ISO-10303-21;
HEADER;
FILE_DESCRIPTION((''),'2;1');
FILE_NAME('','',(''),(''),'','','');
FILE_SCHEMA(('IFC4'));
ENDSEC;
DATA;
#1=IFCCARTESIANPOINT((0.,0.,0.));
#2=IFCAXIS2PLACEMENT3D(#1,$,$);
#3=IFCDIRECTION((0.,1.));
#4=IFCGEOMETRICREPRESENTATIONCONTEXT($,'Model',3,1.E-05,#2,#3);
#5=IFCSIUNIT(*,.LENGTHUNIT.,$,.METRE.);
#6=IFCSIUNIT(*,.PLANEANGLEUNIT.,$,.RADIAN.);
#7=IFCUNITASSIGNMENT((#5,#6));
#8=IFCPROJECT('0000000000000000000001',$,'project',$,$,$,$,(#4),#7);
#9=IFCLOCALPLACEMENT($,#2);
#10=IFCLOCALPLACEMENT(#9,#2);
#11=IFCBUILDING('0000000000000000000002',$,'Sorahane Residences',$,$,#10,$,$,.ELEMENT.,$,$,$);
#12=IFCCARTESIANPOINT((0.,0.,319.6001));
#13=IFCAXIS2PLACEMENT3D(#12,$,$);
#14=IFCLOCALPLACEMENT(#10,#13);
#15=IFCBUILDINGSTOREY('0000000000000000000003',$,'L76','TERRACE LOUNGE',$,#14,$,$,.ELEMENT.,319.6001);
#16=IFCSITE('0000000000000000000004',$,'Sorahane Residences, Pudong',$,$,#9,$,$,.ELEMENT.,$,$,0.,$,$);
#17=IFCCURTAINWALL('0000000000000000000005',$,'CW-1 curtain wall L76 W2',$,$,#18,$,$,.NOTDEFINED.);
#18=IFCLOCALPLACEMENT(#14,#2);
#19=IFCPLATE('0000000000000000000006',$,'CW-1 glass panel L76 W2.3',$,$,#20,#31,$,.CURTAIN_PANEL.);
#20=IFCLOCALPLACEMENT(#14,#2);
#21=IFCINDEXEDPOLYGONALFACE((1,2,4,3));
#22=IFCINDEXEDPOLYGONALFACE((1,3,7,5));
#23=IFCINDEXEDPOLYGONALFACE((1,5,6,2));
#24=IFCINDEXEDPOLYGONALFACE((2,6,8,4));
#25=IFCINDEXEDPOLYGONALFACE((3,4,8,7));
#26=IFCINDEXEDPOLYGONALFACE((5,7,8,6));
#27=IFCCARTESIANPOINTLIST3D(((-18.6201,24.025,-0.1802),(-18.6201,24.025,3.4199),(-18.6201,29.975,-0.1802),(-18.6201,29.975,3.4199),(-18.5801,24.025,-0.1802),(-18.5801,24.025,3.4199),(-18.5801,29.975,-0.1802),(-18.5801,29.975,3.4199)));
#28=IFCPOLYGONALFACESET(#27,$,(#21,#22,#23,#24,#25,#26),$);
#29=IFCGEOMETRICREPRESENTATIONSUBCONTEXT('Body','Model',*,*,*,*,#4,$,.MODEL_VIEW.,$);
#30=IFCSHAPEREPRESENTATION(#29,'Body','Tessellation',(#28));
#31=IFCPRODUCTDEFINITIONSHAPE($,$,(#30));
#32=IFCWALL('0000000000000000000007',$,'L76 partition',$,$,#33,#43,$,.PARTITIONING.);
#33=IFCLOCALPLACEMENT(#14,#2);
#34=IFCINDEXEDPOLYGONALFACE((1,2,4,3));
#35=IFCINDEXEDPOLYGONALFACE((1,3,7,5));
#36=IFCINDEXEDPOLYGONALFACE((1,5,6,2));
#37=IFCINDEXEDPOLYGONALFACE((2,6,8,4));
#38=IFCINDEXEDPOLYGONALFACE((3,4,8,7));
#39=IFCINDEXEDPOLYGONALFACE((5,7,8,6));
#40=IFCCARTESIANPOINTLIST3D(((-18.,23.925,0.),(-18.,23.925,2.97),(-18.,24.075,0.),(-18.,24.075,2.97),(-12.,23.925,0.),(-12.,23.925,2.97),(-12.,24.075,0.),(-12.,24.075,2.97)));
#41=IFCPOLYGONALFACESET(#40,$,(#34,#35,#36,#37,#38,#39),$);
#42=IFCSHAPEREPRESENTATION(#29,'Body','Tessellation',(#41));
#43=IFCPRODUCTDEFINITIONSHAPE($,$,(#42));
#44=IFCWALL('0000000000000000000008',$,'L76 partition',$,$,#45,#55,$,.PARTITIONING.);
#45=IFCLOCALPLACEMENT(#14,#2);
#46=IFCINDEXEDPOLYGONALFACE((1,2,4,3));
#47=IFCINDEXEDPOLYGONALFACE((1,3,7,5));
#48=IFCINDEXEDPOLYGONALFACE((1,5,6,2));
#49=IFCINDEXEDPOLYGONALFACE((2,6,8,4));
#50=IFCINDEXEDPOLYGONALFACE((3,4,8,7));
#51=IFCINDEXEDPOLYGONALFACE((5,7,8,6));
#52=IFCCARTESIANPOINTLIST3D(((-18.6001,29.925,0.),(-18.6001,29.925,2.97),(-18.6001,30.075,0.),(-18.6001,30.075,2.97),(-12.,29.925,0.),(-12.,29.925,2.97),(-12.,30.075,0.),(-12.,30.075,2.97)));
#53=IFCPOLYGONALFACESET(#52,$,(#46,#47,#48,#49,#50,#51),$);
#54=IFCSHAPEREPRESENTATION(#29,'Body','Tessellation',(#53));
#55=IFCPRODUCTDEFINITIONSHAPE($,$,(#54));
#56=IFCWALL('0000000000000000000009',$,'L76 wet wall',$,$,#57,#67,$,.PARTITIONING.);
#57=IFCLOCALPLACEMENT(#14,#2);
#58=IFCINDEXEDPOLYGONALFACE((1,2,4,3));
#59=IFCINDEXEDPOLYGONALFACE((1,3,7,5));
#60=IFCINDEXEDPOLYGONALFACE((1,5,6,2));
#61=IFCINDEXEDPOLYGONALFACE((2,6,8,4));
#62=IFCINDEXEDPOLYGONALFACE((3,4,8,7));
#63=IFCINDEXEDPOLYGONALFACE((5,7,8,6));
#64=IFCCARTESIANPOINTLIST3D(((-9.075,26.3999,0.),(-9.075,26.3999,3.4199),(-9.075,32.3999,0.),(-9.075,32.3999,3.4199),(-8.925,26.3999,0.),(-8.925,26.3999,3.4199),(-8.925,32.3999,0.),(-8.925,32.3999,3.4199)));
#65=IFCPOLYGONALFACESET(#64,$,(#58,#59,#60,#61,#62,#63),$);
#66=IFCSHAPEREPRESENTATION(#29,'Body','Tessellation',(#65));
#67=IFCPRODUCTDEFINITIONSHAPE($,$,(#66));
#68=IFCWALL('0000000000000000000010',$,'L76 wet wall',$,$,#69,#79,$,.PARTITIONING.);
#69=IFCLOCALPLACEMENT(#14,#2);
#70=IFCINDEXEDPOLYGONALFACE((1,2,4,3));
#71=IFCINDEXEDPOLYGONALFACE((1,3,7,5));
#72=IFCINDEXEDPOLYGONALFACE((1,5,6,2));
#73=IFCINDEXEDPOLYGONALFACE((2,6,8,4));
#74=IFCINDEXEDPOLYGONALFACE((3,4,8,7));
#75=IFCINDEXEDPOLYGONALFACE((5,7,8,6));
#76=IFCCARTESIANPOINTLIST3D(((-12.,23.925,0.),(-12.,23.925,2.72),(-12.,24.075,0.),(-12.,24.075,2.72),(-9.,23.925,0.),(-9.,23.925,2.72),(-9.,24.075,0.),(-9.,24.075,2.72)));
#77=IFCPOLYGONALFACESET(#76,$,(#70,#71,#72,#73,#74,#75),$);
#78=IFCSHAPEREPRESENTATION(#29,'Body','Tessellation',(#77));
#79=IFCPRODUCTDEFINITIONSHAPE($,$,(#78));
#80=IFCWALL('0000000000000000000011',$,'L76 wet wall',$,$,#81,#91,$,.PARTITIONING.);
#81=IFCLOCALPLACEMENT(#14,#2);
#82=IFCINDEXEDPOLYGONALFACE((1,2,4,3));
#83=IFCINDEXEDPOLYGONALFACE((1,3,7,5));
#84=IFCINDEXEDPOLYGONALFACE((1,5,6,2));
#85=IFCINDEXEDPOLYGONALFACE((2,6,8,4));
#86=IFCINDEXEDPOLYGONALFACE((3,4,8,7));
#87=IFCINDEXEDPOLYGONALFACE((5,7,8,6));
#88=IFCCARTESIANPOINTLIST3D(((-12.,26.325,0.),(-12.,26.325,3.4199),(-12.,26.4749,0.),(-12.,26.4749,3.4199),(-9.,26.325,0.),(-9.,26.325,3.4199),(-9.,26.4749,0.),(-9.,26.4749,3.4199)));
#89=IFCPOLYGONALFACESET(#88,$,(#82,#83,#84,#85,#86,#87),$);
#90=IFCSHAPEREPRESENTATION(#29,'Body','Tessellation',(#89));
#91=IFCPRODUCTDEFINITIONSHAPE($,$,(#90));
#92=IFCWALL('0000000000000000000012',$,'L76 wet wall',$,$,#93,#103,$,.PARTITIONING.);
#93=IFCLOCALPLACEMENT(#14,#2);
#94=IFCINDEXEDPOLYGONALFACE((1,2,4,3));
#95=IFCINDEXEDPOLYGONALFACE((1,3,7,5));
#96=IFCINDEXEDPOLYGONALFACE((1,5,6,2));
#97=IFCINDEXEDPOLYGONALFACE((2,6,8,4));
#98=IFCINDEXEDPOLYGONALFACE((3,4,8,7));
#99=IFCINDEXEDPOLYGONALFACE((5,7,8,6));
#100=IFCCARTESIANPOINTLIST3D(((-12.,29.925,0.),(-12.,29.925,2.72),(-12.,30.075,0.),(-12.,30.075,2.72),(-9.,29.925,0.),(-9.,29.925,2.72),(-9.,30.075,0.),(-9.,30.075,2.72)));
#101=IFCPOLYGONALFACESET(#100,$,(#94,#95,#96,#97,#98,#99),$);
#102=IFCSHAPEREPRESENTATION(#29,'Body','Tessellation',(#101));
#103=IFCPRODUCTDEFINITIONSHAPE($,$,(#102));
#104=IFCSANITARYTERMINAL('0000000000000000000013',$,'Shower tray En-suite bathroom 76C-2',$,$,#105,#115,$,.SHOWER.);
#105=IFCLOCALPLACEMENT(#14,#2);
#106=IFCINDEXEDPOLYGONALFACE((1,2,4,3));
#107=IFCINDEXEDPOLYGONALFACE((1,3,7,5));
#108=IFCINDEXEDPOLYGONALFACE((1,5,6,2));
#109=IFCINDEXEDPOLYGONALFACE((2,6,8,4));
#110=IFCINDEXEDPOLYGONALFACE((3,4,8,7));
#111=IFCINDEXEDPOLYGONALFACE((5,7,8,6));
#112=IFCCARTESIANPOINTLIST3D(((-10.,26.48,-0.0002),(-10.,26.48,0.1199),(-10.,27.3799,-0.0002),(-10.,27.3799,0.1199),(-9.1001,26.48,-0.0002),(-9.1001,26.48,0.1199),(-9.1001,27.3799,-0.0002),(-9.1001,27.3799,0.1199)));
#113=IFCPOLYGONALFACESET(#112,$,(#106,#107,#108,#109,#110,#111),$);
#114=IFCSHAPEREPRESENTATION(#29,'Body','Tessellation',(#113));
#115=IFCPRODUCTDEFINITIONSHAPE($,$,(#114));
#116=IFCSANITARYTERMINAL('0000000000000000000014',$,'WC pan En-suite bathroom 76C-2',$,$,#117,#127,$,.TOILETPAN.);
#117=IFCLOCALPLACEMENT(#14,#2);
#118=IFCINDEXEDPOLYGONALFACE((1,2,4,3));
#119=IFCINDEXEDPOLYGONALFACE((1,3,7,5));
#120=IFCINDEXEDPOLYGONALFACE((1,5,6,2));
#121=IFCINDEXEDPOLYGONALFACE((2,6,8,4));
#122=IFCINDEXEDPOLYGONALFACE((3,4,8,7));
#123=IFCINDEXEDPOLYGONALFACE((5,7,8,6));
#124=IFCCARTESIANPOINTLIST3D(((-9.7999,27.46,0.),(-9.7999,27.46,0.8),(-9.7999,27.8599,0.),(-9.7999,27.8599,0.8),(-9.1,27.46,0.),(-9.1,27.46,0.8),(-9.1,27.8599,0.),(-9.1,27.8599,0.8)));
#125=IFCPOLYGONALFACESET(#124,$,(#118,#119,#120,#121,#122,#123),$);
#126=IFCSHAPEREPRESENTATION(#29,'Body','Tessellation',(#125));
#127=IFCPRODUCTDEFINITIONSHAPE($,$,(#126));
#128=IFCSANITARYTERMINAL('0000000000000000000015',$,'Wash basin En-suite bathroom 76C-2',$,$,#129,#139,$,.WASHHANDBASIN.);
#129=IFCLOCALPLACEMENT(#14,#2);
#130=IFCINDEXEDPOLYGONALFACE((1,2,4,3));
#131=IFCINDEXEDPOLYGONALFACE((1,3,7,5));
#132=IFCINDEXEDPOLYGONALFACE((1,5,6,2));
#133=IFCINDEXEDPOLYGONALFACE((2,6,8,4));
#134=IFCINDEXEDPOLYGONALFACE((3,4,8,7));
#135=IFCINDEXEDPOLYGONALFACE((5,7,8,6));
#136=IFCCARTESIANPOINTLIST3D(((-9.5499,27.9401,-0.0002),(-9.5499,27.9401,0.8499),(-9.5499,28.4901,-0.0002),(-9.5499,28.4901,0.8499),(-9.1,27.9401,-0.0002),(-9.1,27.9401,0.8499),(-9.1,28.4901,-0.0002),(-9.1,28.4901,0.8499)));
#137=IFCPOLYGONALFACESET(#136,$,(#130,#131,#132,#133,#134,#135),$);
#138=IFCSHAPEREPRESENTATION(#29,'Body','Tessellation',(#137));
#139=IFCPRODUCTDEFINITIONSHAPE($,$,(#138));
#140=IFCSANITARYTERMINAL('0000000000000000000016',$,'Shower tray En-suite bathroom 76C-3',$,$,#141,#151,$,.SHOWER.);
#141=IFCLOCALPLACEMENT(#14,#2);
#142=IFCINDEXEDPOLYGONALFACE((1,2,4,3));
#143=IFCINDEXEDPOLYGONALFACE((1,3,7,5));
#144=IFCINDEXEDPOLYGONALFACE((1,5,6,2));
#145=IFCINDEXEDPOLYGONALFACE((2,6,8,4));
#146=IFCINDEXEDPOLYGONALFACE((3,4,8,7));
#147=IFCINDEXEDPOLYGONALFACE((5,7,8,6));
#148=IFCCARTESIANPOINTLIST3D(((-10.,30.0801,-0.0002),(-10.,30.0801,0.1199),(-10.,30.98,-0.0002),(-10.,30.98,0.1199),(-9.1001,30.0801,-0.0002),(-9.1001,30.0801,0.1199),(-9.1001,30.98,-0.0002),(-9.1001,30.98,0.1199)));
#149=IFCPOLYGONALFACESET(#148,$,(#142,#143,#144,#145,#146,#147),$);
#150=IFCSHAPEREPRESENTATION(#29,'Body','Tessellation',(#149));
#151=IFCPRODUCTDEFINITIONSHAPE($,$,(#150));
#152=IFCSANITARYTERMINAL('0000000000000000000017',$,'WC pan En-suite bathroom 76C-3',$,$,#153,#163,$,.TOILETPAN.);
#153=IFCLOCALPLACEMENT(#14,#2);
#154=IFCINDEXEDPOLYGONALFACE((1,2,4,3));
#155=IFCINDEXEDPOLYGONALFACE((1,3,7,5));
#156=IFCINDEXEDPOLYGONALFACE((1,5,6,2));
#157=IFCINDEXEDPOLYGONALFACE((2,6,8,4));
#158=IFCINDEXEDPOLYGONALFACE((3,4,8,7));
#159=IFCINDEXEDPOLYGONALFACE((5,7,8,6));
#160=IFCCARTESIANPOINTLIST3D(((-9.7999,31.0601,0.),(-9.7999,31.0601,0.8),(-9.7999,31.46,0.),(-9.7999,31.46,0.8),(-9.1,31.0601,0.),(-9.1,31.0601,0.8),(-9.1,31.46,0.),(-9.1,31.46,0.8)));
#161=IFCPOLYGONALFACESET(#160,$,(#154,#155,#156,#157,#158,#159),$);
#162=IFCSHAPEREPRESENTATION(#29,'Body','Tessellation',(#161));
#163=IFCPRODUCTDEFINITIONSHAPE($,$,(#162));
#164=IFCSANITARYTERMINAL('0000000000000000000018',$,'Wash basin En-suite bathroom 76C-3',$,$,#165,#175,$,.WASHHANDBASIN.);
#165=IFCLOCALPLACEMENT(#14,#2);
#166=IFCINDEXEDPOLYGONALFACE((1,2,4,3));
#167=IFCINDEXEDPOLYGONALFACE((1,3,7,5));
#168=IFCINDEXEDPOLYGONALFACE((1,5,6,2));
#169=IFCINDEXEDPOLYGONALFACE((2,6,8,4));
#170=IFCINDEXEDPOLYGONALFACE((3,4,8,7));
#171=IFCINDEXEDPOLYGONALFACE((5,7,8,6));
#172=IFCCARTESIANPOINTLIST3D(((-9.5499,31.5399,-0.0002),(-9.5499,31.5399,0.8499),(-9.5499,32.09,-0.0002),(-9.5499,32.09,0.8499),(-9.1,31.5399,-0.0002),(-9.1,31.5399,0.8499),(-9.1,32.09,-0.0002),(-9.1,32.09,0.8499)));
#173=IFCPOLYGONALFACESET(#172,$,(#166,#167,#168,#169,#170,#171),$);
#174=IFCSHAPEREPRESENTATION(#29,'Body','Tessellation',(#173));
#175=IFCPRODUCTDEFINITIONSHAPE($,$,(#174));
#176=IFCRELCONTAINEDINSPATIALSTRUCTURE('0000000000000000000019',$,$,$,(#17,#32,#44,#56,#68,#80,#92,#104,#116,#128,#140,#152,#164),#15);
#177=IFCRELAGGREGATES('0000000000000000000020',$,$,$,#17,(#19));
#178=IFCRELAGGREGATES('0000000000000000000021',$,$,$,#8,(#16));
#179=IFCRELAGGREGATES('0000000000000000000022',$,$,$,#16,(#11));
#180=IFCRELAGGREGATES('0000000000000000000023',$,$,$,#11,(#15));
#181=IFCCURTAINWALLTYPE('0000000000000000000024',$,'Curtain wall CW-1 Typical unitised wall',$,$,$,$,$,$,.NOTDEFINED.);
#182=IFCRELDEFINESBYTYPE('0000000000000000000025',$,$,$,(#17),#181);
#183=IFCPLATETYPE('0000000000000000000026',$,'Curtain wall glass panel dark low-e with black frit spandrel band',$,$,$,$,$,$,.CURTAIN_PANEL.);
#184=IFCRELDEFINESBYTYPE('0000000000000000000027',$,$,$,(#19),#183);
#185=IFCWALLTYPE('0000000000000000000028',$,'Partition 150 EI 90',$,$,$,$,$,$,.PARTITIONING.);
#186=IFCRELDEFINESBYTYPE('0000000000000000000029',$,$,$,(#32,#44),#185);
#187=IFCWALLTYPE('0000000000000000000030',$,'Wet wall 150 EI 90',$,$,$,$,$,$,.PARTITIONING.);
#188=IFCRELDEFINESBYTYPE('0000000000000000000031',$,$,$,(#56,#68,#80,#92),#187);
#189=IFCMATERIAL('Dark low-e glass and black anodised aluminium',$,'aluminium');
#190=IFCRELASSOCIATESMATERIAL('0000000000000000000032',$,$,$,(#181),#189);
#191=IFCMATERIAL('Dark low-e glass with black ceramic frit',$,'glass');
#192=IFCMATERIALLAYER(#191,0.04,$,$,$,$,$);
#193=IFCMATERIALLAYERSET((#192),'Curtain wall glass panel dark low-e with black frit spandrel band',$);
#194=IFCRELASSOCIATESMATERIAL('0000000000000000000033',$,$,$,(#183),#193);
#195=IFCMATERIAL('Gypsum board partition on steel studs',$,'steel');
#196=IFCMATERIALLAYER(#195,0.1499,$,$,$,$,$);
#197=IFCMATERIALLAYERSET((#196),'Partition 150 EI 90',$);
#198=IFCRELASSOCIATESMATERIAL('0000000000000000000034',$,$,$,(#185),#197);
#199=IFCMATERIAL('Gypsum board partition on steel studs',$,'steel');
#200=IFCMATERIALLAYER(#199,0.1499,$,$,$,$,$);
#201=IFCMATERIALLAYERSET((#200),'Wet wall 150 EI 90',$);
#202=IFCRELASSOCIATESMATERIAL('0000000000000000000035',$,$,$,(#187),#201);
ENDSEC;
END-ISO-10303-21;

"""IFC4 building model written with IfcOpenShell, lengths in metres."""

from ifc_helpers import new_model, si_unit, direction, frame, frame_2d, origin, origin_2d, place, context, subcontext, project, spatial, rectangle, extrude, material, layer, layer_set, type_object, element, aggregate, save


model = new_model("IFC4")

# Units and contexts
model_context = context("Model", 3, precision=1e-05, world=origin(), true_north=direction((0.0, 1.0)))
body_context = subcontext(model_context, "Body", "Model", "MODEL_VIEW")
ifc_project = project(units=[si_unit("LENGTHUNIT", "METRE"), si_unit("PLANEANGLEUNIT", "RADIAN")], contexts=[model_context])

# Site, building, storey
site_placement = place(None, origin())
site = spatial("IfcSite", under=ifc_project, at=site_placement, Name="Sorahane Residences, Pudong", CompositionType="ELEMENT", RefElevation=0.0)
building_placement = place(site_placement, origin())
building = spatial("IfcBuilding", under=site, at=building_placement, Name="Sorahane Residences", CompositionType="ELEMENT")
storey_placement = place(building_placement, frame((0.0, 0.0, 319.6001)))
storey = spatial("IfcBuildingStorey", under=building, at=storey_placement, Name="L76", Description="TERRACE LOUNGE", CompositionType="ELEMENT", Elevation=319.6001)

# Curtain wall
ifc_material_1 = material(Name="Dark low-e glass and black anodised aluminium", Category="aluminium")
curtain_wall_type = type_object("IfcCurtainWallType", Name="Curtain wall CW-1 Typical unitised wall", PredefinedType="NOTDEFINED", material=ifc_material_1)
curtain_wall_placement = place(storey_placement, origin())
curtain_wall = element("IfcCurtainWall", 1, at=curtain_wall_placement, inside=storey, type_object=curtain_wall_type, Name="CW-1 curtain wall L76 W2", PredefinedType="NOTDEFINED")

# Plate
ifc_material_2 = material(Name="Dark low-e glass with black ceramic frit", Category="glass")
ifc_layer_1 = layer(ifc_material_2, 0.04)
ifc_layer_set_1 = layer_set([ifc_layer_1], Name="Curtain wall glass panel dark low-e with black frit spandrel band")
plate_type = type_object("IfcPlateType", Name="Curtain wall glass panel dark low-e with black frit spandrel band", PredefinedType="CURTAIN_PANEL", material=ifc_layer_set_1)
plate_placement = place(storey_placement, frame((-18.6001, 27.0, -0.1802), z_axis=(0.0, 0.0, 1.0), x_axis=(0.0, -1.0, 0.0)))
plate = element("IfcPlate", 2, at=plate_placement, type_object=plate_type, Name="CW-1 glass panel L76 W2.3", PredefinedType="CURTAIN_PANEL", context=body_context, shape_type="SweptSolid", body=[
    extrude(rectangle(XDim=5.95, YDim=0.04, at=origin_2d()), origin(), (0.0, 0.0, 1.0), 3.6001),
])
aggregate(curtain_wall, [plate])

# Shared definitions
ifc_material_3 = material(Name="Gypsum board partition on steel studs", Category="steel")
ifc_layer_2 = layer(ifc_material_3, 0.1499)
ifc_layer_set_2 = layer_set([ifc_layer_2], Name="Partition 150 EI 90")
wall_type_1 = type_object("IfcWallType", Name="Partition 150 EI 90", PredefinedType="PARTITIONING", material=ifc_layer_set_2)

# Walls
wall_1_placement = place(storey_placement, frame((-18.0, 24.0, 0.0), z_axis=(0.0, 0.0, 1.0), x_axis=(1.0, 0.0, 0.0)))
element("IfcWall", 3, at=wall_1_placement, inside=storey, type_object=wall_type_1, Name="L76 partition", PredefinedType="PARTITIONING", context=body_context, shape_type="SweptSolid", body=[
    extrude(rectangle(XDim=6.0, YDim=0.1499, at=frame_2d((3.0, 0.0))), origin(), (0.0, 0.0, 1.0), 2.97),
])
wall_2_placement = place(storey_placement, frame((-18.6001, 30.0, 0.0), z_axis=(0.0, 0.0, 1.0), x_axis=(1.0, 0.0, 0.0)))
element("IfcWall", 4, at=wall_2_placement, inside=storey, type_object=wall_type_1, Name="L76 partition", PredefinedType="PARTITIONING", context=body_context, shape_type="SweptSolid", body=[
    extrude(rectangle(XDim=6.6001, YDim=0.1499, at=frame_2d((3.3, 0.0))), origin(), (0.0, 0.0, 1.0), 2.97),
])

# Shared definitions
ifc_material_4 = material(Name="Gypsum board partition on steel studs", Category="steel")
ifc_layer_3 = layer(ifc_material_4, 0.1499)
ifc_layer_set_3 = layer_set([ifc_layer_3], Name="Wet wall 150 EI 90")
wall_type_2 = type_object("IfcWallType", Name="Wet wall 150 EI 90", PredefinedType="PARTITIONING", material=ifc_layer_set_3)

# Walls
wall_3_placement = place(storey_placement, frame((-9.0, 26.3999, 0.0), z_axis=(0.0, 0.0, 1.0), x_axis=(0.0, 1.0, 0.0)))
element("IfcWall", 5, at=wall_3_placement, inside=storey, type_object=wall_type_2, Name="L76 wet wall", PredefinedType="PARTITIONING", context=body_context, shape_type="SweptSolid", body=[
    extrude(rectangle(XDim=6.0, YDim=0.1499, at=frame_2d((3.0, 0.0))), origin(), (0.0, 0.0, 1.0), 3.4199),
])
wall_4_placement = place(storey_placement, frame((-12.0, 24.0, 0.0), z_axis=(0.0, 0.0, 1.0), x_axis=(1.0, 0.0, 0.0)))
element("IfcWall", 6, at=wall_4_placement, inside=storey, type_object=wall_type_2, Name="L76 wet wall", PredefinedType="PARTITIONING", context=body_context, shape_type="SweptSolid", body=[
    extrude(rectangle(XDim=3.0, YDim=0.1499, at=frame_2d((1.5, 0.0))), origin(), (0.0, 0.0, 1.0), 2.72),
])
wall_5_placement = place(storey_placement, frame((-12.0, 26.3999, 0.0), z_axis=(0.0, 0.0, 1.0), x_axis=(1.0, 0.0, 0.0)))
element("IfcWall", 7, at=wall_5_placement, inside=storey, type_object=wall_type_2, Name="L76 wet wall", PredefinedType="PARTITIONING", context=body_context, shape_type="SweptSolid", body=[
    extrude(rectangle(XDim=3.0, YDim=0.1499, at=frame_2d((1.5, 0.0))), origin(), (0.0, 0.0, 1.0), 3.4199),
])
wall_6_placement = place(storey_placement, frame((-12.0, 30.0, 0.0), z_axis=(0.0, 0.0, 1.0), x_axis=(1.0, 0.0, 0.0)))
element("IfcWall", 8, at=wall_6_placement, inside=storey, type_object=wall_type_2, Name="L76 wet wall", PredefinedType="PARTITIONING", context=body_context, shape_type="SweptSolid", body=[
    extrude(rectangle(XDim=3.0, YDim=0.1499, at=frame_2d((1.5, 0.0))), origin(), (0.0, 0.0, 1.0), 2.72),
])

# Sanitary terminals
sanitary_terminal_1_placement = place(storey_placement, frame((-9.55, 26.9299, -0.0002), z_axis=(0.0, 0.0, 1.0), x_axis=(0.0, -1.0, 0.0)))
element("IfcSanitaryTerminal", 9, at=sanitary_terminal_1_placement, inside=storey, Name="Shower tray En-suite bathroom 76C-2", PredefinedType="SHOWER", context=body_context, shape_type="SweptSolid", body=[
    extrude(rectangle(XDim=0.8999, YDim=0.8999, at=origin_2d()), origin(), (0.0, 0.0, 1.0), 0.1201),
])
sanitary_terminal_2_placement = place(storey_placement, frame((-9.45, 27.6599, 0.0), z_axis=(0.0, 0.0, 1.0), x_axis=(0.0, -1.0, 0.0)))
element("IfcSanitaryTerminal", 10, at=sanitary_terminal_2_placement, inside=storey, Name="WC pan En-suite bathroom 76C-2", PredefinedType="TOILETPAN", context=body_context, shape_type="SweptSolid", body=[
    extrude(rectangle(XDim=0.3999, YDim=0.7, at=origin_2d()), origin(), (0.0, 0.0, 1.0), 0.8),
])
sanitary_terminal_3_placement = place(storey_placement, frame((-9.325, 28.2151, -0.0002), z_axis=(0.0, 0.0, 1.0), x_axis=(0.0, -1.0, 0.0)))
element("IfcSanitaryTerminal", 11, at=sanitary_terminal_3_placement, inside=storey, Name="Wash basin En-suite bathroom 76C-2", PredefinedType="WASHHANDBASIN", context=body_context, shape_type="SweptSolid", body=[
    extrude(rectangle(XDim=0.55, YDim=0.45, at=origin_2d()), origin(), (0.0, 0.0, 1.0), 0.8501),
])
sanitary_terminal_4_placement = place(storey_placement, frame((-9.55, 30.53, -0.0002), z_axis=(0.0, 0.0, 1.0), x_axis=(0.0, -1.0, 0.0)))
element("IfcSanitaryTerminal", 12, at=sanitary_terminal_4_placement, inside=storey, Name="Shower tray En-suite bathroom 76C-3", PredefinedType="SHOWER", context=body_context, shape_type="SweptSolid", body=[
    extrude(rectangle(XDim=0.8999, YDim=0.8999, at=origin_2d()), origin(), (0.0, 0.0, 1.0), 0.1201),
])
sanitary_terminal_5_placement = place(storey_placement, frame((-9.45, 31.26, 0.0), z_axis=(0.0, 0.0, 1.0), x_axis=(0.0, -1.0, 0.0)))
element("IfcSanitaryTerminal", 13, at=sanitary_terminal_5_placement, inside=storey, Name="WC pan En-suite bathroom 76C-3", PredefinedType="TOILETPAN", context=body_context, shape_type="SweptSolid", body=[
    extrude(rectangle(XDim=0.3999, YDim=0.7, at=origin_2d()), origin(), (0.0, 0.0, 1.0), 0.8),
])
sanitary_terminal_6_placement = place(storey_placement, frame((-9.325, 31.8149, -0.0002), z_axis=(0.0, 0.0, 1.0), x_axis=(0.0, -1.0, 0.0)))
element("IfcSanitaryTerminal", 14, at=sanitary_terminal_6_placement, inside=storey, Name="Wash basin En-suite bathroom 76C-3", PredefinedType="WASHHANDBASIN", context=body_context, shape_type="SweptSolid", body=[
    extrude(rectangle(XDim=0.55, YDim=0.45, at=origin_2d()), origin(), (0.0, 0.0, 1.0), 0.8501),
])

save(model, "model.ifc")
